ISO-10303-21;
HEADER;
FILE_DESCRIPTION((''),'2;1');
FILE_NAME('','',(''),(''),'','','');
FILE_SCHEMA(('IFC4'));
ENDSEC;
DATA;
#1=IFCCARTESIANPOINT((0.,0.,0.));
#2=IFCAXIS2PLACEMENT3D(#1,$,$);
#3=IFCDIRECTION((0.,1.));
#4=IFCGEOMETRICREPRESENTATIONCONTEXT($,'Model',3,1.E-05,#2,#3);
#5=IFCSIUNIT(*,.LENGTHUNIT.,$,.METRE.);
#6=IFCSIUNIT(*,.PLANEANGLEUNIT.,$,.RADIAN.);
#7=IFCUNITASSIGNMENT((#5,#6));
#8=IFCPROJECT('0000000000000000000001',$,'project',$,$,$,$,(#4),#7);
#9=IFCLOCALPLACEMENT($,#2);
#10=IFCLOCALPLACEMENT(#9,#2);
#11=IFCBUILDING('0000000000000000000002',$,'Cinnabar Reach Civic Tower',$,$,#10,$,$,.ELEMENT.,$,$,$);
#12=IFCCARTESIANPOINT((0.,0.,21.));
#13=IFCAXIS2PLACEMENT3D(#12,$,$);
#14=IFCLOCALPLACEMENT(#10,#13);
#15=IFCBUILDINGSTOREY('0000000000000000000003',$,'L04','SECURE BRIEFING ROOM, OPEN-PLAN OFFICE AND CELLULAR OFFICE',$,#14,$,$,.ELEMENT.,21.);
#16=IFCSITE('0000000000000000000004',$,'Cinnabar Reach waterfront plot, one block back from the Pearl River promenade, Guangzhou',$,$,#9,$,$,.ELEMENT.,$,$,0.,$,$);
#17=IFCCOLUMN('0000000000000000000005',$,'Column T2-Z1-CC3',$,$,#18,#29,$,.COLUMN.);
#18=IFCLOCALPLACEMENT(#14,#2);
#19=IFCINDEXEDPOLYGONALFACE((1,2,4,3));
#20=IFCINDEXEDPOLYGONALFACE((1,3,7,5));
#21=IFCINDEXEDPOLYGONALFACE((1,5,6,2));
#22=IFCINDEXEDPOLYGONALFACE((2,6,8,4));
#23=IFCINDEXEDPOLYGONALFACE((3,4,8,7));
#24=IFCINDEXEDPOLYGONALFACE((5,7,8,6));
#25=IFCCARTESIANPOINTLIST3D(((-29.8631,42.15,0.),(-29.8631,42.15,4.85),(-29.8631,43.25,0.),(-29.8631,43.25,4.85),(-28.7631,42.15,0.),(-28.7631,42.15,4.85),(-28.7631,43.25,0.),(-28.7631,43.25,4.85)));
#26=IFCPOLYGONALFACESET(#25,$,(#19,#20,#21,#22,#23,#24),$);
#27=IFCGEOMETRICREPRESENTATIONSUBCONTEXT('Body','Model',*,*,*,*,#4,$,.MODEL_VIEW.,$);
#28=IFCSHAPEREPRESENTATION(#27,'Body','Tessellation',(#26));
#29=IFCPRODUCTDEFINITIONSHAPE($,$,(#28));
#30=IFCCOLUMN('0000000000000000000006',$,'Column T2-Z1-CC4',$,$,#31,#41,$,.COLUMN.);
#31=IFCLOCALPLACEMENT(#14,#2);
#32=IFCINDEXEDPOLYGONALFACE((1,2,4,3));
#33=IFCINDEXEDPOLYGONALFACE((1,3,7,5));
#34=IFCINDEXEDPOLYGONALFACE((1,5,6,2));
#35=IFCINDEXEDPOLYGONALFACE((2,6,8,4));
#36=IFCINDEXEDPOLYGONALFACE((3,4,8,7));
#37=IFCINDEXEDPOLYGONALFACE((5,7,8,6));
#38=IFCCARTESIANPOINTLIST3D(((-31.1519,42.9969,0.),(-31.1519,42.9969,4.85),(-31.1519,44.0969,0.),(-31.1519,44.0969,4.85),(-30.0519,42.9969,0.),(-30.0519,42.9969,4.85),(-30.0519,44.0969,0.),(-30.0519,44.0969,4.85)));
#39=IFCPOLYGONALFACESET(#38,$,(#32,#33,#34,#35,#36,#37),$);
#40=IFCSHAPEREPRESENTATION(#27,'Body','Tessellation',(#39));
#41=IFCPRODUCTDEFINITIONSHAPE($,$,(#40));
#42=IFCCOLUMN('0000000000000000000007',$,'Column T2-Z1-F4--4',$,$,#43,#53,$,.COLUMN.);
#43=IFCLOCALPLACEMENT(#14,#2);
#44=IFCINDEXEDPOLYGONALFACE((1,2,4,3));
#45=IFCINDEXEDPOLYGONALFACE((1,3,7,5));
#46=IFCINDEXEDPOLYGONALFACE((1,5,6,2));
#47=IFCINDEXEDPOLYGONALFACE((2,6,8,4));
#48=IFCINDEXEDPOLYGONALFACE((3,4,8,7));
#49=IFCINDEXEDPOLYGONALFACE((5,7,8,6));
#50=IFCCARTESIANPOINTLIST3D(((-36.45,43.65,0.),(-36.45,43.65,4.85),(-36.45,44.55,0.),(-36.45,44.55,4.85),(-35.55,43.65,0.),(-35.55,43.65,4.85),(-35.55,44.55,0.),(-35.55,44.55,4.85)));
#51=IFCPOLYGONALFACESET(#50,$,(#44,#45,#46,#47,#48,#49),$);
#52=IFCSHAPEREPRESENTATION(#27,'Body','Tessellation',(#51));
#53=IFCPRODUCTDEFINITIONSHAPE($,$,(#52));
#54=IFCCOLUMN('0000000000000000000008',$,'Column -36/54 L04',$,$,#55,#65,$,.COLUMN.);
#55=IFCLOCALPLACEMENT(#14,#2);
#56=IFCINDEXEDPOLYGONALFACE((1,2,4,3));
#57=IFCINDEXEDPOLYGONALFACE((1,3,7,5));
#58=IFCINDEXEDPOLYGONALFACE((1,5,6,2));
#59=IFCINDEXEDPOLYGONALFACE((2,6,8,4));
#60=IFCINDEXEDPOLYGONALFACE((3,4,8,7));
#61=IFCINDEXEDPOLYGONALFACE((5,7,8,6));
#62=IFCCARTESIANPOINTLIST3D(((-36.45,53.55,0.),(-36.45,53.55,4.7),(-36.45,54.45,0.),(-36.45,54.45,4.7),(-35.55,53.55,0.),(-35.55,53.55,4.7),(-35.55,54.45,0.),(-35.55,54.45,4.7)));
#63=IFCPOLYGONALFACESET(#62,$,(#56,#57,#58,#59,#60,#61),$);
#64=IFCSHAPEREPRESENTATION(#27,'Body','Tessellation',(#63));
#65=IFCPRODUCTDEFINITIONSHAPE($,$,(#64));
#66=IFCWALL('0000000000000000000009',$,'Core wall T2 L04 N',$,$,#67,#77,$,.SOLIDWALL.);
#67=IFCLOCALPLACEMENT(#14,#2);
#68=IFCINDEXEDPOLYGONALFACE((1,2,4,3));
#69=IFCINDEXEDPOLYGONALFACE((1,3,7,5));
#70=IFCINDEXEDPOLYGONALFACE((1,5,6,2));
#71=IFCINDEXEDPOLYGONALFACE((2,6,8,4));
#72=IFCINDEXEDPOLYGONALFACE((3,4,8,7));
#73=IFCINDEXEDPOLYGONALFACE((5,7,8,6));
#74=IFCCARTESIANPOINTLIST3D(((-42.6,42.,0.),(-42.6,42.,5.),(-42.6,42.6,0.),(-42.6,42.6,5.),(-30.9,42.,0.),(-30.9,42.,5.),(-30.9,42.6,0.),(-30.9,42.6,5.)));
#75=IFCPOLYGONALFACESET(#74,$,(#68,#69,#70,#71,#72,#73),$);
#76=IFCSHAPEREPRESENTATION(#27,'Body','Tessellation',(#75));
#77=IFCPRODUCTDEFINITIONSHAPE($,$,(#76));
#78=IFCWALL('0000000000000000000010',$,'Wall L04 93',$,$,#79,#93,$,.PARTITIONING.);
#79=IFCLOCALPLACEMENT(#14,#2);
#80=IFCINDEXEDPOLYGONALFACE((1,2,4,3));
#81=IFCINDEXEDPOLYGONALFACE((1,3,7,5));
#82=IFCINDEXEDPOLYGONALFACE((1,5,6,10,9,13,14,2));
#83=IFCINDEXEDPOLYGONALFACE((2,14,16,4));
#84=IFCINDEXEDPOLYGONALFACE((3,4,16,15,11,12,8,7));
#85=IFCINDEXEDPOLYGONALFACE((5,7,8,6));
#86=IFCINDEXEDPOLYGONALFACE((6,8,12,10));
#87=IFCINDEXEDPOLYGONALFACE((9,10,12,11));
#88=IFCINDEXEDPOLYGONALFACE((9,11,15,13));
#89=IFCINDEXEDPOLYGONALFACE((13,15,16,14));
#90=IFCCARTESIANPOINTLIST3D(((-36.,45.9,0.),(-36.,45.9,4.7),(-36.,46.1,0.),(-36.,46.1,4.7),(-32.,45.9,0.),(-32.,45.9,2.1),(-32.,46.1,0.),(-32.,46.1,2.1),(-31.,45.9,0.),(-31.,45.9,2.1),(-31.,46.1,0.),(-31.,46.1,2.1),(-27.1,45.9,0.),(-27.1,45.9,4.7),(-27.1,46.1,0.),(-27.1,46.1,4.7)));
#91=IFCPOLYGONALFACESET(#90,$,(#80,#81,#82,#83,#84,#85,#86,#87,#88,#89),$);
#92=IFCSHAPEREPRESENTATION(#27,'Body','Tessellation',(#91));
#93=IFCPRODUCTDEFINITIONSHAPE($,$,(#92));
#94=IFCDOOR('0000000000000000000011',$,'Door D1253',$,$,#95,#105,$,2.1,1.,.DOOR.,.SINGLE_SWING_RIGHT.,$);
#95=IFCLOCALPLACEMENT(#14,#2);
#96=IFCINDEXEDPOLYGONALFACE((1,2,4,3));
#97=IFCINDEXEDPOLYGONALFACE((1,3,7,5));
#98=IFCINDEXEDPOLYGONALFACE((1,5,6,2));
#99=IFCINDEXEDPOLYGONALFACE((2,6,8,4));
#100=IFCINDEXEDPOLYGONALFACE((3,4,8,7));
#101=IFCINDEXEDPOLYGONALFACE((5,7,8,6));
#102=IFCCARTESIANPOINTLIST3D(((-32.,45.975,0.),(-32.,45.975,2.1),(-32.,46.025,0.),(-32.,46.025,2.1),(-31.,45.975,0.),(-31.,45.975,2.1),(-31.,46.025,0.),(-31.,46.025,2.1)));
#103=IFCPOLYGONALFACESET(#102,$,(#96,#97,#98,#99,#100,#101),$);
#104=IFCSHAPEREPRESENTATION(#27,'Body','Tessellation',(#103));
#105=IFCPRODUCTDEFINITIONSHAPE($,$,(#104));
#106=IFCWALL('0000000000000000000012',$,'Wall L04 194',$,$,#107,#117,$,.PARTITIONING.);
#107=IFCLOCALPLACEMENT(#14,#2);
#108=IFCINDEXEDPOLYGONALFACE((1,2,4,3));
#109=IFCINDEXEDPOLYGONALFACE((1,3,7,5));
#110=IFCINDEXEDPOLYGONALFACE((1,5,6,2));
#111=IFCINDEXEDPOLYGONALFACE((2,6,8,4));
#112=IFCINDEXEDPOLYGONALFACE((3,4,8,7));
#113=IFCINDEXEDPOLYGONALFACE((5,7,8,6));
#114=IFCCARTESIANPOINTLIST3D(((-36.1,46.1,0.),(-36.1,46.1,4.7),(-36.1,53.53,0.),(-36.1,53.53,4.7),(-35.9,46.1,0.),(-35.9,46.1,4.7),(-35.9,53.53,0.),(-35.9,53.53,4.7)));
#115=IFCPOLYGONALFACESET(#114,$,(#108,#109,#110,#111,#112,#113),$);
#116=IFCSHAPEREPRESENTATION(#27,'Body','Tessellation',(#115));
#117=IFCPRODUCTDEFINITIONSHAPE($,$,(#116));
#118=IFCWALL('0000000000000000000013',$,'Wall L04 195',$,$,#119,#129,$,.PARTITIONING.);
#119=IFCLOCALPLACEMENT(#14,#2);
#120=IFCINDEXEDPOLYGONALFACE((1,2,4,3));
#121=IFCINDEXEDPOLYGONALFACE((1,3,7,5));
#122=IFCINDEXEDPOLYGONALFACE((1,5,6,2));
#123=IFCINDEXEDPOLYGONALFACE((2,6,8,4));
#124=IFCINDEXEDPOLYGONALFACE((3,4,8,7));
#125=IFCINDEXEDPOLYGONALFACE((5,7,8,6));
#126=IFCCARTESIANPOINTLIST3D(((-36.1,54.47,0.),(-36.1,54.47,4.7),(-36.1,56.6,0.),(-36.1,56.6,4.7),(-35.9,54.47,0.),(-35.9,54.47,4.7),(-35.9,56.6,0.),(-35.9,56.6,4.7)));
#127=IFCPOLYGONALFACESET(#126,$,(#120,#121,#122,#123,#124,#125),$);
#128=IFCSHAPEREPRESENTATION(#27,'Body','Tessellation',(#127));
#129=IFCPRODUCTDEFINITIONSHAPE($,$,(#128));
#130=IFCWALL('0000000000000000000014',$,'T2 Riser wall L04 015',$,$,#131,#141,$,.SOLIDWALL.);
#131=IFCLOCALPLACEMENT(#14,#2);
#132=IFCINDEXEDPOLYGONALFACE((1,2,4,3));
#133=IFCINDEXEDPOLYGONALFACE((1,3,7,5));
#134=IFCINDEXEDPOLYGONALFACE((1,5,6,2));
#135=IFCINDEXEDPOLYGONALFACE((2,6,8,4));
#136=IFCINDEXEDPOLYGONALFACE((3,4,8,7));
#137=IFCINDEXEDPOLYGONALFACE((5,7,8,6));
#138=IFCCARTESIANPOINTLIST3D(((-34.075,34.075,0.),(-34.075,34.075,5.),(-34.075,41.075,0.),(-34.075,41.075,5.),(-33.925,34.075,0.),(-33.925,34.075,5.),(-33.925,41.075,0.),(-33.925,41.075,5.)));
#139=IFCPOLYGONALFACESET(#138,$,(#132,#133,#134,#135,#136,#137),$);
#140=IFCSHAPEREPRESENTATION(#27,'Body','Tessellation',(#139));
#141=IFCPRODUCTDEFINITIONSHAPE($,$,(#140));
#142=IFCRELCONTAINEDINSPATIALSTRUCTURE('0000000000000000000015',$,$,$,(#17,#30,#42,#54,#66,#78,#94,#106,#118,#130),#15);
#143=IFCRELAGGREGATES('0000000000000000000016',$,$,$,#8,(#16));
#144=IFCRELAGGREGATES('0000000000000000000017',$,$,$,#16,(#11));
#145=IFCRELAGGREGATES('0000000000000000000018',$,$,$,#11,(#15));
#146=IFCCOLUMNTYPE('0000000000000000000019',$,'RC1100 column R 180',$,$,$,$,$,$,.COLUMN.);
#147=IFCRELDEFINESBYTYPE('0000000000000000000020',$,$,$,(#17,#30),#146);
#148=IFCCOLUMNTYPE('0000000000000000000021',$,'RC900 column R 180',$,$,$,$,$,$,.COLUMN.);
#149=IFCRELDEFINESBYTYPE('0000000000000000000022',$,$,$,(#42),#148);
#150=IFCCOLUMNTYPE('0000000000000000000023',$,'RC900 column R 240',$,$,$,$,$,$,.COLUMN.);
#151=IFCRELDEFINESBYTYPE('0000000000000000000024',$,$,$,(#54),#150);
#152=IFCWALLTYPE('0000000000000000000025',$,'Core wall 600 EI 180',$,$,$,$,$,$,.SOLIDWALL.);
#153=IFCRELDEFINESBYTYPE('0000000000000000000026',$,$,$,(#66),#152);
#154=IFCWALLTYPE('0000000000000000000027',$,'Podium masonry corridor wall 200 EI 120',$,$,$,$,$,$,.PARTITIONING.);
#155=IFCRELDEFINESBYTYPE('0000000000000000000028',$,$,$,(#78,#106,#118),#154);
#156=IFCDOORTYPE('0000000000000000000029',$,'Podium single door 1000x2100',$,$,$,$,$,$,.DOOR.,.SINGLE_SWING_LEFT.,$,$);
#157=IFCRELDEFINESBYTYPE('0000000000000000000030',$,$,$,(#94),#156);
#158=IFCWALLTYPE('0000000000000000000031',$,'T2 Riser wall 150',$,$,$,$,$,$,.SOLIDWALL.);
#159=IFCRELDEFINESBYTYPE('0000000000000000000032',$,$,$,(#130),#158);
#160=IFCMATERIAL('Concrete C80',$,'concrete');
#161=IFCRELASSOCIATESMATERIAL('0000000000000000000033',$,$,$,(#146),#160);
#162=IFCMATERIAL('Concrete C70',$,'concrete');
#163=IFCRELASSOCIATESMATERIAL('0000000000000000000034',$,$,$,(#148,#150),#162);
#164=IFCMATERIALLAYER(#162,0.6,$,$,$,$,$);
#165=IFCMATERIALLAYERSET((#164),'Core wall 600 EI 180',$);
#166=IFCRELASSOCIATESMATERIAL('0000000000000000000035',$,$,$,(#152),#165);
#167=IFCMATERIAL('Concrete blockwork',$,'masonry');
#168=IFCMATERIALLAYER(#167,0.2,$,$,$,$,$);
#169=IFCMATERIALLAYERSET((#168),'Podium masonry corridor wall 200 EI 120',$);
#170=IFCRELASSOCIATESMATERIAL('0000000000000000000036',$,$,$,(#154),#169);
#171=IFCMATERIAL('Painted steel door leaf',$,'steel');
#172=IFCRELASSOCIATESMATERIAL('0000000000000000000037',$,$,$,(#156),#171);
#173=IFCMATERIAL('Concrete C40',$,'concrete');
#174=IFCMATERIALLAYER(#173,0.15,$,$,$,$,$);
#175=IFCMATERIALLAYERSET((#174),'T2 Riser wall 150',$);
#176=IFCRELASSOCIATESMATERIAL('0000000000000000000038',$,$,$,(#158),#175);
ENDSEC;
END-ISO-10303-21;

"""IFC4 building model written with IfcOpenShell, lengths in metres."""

from ifc_helpers import new_model, si_unit, direction, frame, frame_2d, origin, origin_2d, place, context, subcontext, project, spatial, rectangle, extrude, material, layer, layer_set, material_profile, profile_set, type_object, element, fill, save


model = new_model("IFC4")

# Units and contexts
model_context = context("Model", 3, precision=1e-05, world=origin(), true_north=direction((0.0, 1.0)))
body_context = subcontext(model_context, "Body", "Model", "MODEL_VIEW")
ifc_project = project(units=[si_unit("LENGTHUNIT", "METRE"), si_unit("PLANEANGLEUNIT", "RADIAN")], contexts=[model_context])

# Site, building, storey
site_placement = place(None, origin())
site = spatial("IfcSite", under=ifc_project, at=site_placement, Name="Cinnabar Reach waterfront plot, one block back from the Pearl River promenade, Guangzhou", CompositionType="ELEMENT", RefElevation=0.0)
building_placement = place(site_placement, origin())
building = spatial("IfcBuilding", under=site, at=building_placement, Name="Cinnabar Reach Civic Tower", CompositionType="ELEMENT")
storey_placement = place(building_placement, frame((0.0, 0.0, 21.0)))
storey = spatial("IfcBuildingStorey", under=building, at=storey_placement, Name="L04", Description="SECURE BRIEFING ROOM, OPEN-PLAN OFFICE AND CELLULAR OFFICE", CompositionType="ELEMENT", Elevation=21.0)

# Columns
ifc_material_1 = material(Name="Concrete C80", Category="concrete")
ifc_material_profile_1 = material_profile(ifc_material_1, rectangle(XDim=1.1, YDim=1.1, at=origin_2d()), Name="RC1100")
ifc_profile_set_1 = profile_set([ifc_material_profile_1], Name="Concrete C80")
column_type_1 = type_object("IfcColumnType", Name="RC1100 column R 180", PredefinedType="COLUMN", material=ifc_profile_set_1)
for number, where, z_axis, x_axis, name in (
    (1, (-29.3131, 42.7, 0.0), (0.0, 0.0, 1.0), (1.0, 0.0, 0.0), "Column T2-Z1-CC3"),
    (2, (-30.6019, 43.5469, 0.0), (0.0, 0.0, 1.0), (1.0, 0.0, 0.0), "Column T2-Z1-CC4"),
):
    element("IfcColumn", number, at=place(storey_placement, frame(where, z_axis=z_axis, x_axis=x_axis)), inside=storey, type_object=column_type_1, Name=name, PredefinedType="COLUMN", context=body_context, shape_type="SweptSolid", body=[
        extrude(rectangle(XDim=1.1, YDim=1.1, at=origin_2d()), origin(), (0.0, 0.0, 1.0), 4.85),
    ])
ifc_material_2 = material(Name="Concrete C70", Category="concrete")
ifc_material_profile_2 = material_profile(ifc_material_2, rectangle(XDim=0.9, YDim=0.9, at=origin_2d()), Name="RC900")
ifc_profile_set_2 = profile_set([ifc_material_profile_2], Name="Concrete C70")
column_type_2 = type_object("IfcColumnType", Name="RC900 column R 180", PredefinedType="COLUMN", material=ifc_profile_set_2)
column_1_placement = place(storey_placement, frame((-36.0, 44.1, 0.0), z_axis=(0.0, 0.0, 1.0), x_axis=(1.0, 0.0, 0.0)))
element("IfcColumn", 3, at=column_1_placement, inside=storey, type_object=column_type_2, Name="Column T2-Z1-F4--4", PredefinedType="COLUMN", context=body_context, shape_type="SweptSolid", body=[
    extrude(rectangle(XDim=0.9, YDim=0.9, at=origin_2d()), origin(), (0.0, 0.0, 1.0), 4.85),
])
ifc_material_profile_3 = material_profile(ifc_material_2, rectangle(XDim=0.9, YDim=0.9, at=origin_2d()), Name="RC900")
ifc_profile_set_3 = profile_set([ifc_material_profile_3], Name="Concrete C70")
column_type_3 = type_object("IfcColumnType", Name="RC900 column R 240", PredefinedType="COLUMN", material=ifc_profile_set_3)
column_2_placement = place(storey_placement, frame((-36.0, 54.0, 0.0), z_axis=(0.0, 0.0, 1.0), x_axis=(1.0, 0.0, 0.0)))
element("IfcColumn", 4, at=column_2_placement, inside=storey, type_object=column_type_3, Name="Column -36/54 L04", PredefinedType="COLUMN", context=body_context, shape_type="SweptSolid", body=[
    extrude(rectangle(XDim=0.9, YDim=0.9, at=origin_2d()), origin(), (0.0, 0.0, 1.0), 4.7),
])

# Wall
ifc_layer_1 = layer(ifc_material_2, 0.6)
ifc_layer_set_1 = layer_set([ifc_layer_1], Name="Core wall 600 EI 180")
wall_type_1 = type_object("IfcWallType", Name="Core wall 600 EI 180", PredefinedType="SOLIDWALL", material=ifc_layer_set_1)
wall_1_placement = place(storey_placement, frame((-30.9, 42.3, 0.0), z_axis=(0.0, 0.0, 1.0), x_axis=(-1.0, 0.0, 0.0)))
element("IfcWall", 5, at=wall_1_placement, inside=storey, type_object=wall_type_1, Name="Core wall T2 L04 N", PredefinedType="SOLIDWALL", context=body_context, shape_type="SweptSolid", body=[
    extrude(rectangle(XDim=11.7, YDim=0.6, at=frame_2d((5.85, 0.0))), origin(), (0.0, 0.0, 1.0), 5.0),
])

# Wall, opening, door
ifc_material_3 = material(Name="Concrete blockwork", Category="masonry")
ifc_layer_2 = layer(ifc_material_3, 0.2)
ifc_layer_set_2 = layer_set([ifc_layer_2], Name="Podium masonry corridor wall 200 EI 120")
wall_type_2 = type_object("IfcWallType", Name="Podium masonry corridor wall 200 EI 120", PredefinedType="PARTITIONING", material=ifc_layer_set_2)
wall_2_placement = place(storey_placement, frame((-36.0, 46.0, 0.0), z_axis=(0.0, 0.0, 1.0), x_axis=(1.0, 0.0, 0.0)))
wall_2 = element("IfcWall", 6, at=wall_2_placement, inside=storey, type_object=wall_type_2, Name="Wall L04 93", PredefinedType="PARTITIONING", context=body_context, shape_type="SweptSolid", body=[
    extrude(rectangle(XDim=8.9, YDim=0.2, at=frame_2d((4.45, 0.0))), origin(), (0.0, 0.0, 1.0), 4.7),
])
opening_placement = place(wall_2_placement, frame((4.0, 0.0, 0.0)))
opening = element("IfcOpeningElement", 7, at=opening_placement, cuts=wall_2, PredefinedType="OPENING", context=body_context, shape_type="SweptSolid", body=[
    extrude(rectangle(XDim=1.0, YDim=2.1, at=frame_2d((0.5, 1.05))), frame((0.0, 0.11, 0.0), z_axis=(0.0, -1.0, 0.0), x_axis=(1.0, 0.0, 0.0)), (0.0, 0.0, 1.0), 0.22),
])
ifc_material_4 = material(Name="Painted steel door leaf", Category="steel")
door_type = type_object("IfcDoorType", Name="Podium single door 1000x2100", OperationType="SINGLE_SWING_LEFT", PredefinedType="DOOR", material=ifc_material_4)
door_placement = place(opening_placement, origin())
door = element("IfcDoor", 8, at=door_placement, inside=storey, type_object=door_type, Name="Door D1253", OperationType="SINGLE_SWING_RIGHT", OverallHeight=2.1, OverallWidth=1.0, PredefinedType="DOOR", context=body_context, shape_type="SweptSolid", body=[
    extrude(rectangle(XDim=1.0, YDim=2.1, at=frame_2d((0.5, 1.05))), frame((0.0, 0.025, 0.0), z_axis=(0.0, -1.0, 0.0), x_axis=(1.0, 0.0, 0.0)), (0.0, 0.0, 1.0), 0.05),
])
fill(opening, door)

# Walls
wall_3_placement = place(storey_placement, frame((-36.0, 46.1, 0.0), z_axis=(0.0, 0.0, 1.0), x_axis=(0.0, 1.0, 0.0)))
element("IfcWall", 9, at=wall_3_placement, inside=storey, type_object=wall_type_2, Name="Wall L04 194", PredefinedType="PARTITIONING", context=body_context, shape_type="SweptSolid", body=[
    extrude(rectangle(XDim=7.43, YDim=0.2, at=frame_2d((3.715, 0.0))), origin(), (0.0, 0.0, 1.0), 4.7),
])
wall_4_placement = place(storey_placement, frame((-36.0, 54.47, 0.0), z_axis=(0.0, 0.0, 1.0), x_axis=(0.0, 1.0, 0.0)))
element("IfcWall", 10, at=wall_4_placement, inside=storey, type_object=wall_type_2, Name="Wall L04 195", PredefinedType="PARTITIONING", context=body_context, shape_type="SweptSolid", body=[
    extrude(rectangle(XDim=2.13, YDim=0.2, at=frame_2d((1.065, 0.0))), origin(), (0.0, 0.0, 1.0), 4.7),
])
ifc_material_5 = material(Name="Concrete C40", Category="concrete")
ifc_layer_3 = layer(ifc_material_5, 0.15)
ifc_layer_set_3 = layer_set([ifc_layer_3], Name="T2 Riser wall 150")
wall_type_3 = type_object("IfcWallType", Name="T2 Riser wall 150", PredefinedType="SOLIDWALL", material=ifc_layer_set_3)
wall_5_placement = place(storey_placement, frame((-34.0, 41.075, 0.0), z_axis=(0.0, 0.0, 1.0), x_axis=(0.0, -1.0, 0.0)))
element("IfcWall", 11, at=wall_5_placement, inside=storey, type_object=wall_type_3, Name="T2 Riser wall L04 015", PredefinedType="SOLIDWALL", context=body_context, shape_type="SweptSolid", body=[
    extrude(rectangle(XDim=7.0, YDim=0.15, at=frame_2d((3.5, 0.0))), origin(), (0.0, 0.0, 1.0), 5.0),
])

save(model, "model.ifc")
